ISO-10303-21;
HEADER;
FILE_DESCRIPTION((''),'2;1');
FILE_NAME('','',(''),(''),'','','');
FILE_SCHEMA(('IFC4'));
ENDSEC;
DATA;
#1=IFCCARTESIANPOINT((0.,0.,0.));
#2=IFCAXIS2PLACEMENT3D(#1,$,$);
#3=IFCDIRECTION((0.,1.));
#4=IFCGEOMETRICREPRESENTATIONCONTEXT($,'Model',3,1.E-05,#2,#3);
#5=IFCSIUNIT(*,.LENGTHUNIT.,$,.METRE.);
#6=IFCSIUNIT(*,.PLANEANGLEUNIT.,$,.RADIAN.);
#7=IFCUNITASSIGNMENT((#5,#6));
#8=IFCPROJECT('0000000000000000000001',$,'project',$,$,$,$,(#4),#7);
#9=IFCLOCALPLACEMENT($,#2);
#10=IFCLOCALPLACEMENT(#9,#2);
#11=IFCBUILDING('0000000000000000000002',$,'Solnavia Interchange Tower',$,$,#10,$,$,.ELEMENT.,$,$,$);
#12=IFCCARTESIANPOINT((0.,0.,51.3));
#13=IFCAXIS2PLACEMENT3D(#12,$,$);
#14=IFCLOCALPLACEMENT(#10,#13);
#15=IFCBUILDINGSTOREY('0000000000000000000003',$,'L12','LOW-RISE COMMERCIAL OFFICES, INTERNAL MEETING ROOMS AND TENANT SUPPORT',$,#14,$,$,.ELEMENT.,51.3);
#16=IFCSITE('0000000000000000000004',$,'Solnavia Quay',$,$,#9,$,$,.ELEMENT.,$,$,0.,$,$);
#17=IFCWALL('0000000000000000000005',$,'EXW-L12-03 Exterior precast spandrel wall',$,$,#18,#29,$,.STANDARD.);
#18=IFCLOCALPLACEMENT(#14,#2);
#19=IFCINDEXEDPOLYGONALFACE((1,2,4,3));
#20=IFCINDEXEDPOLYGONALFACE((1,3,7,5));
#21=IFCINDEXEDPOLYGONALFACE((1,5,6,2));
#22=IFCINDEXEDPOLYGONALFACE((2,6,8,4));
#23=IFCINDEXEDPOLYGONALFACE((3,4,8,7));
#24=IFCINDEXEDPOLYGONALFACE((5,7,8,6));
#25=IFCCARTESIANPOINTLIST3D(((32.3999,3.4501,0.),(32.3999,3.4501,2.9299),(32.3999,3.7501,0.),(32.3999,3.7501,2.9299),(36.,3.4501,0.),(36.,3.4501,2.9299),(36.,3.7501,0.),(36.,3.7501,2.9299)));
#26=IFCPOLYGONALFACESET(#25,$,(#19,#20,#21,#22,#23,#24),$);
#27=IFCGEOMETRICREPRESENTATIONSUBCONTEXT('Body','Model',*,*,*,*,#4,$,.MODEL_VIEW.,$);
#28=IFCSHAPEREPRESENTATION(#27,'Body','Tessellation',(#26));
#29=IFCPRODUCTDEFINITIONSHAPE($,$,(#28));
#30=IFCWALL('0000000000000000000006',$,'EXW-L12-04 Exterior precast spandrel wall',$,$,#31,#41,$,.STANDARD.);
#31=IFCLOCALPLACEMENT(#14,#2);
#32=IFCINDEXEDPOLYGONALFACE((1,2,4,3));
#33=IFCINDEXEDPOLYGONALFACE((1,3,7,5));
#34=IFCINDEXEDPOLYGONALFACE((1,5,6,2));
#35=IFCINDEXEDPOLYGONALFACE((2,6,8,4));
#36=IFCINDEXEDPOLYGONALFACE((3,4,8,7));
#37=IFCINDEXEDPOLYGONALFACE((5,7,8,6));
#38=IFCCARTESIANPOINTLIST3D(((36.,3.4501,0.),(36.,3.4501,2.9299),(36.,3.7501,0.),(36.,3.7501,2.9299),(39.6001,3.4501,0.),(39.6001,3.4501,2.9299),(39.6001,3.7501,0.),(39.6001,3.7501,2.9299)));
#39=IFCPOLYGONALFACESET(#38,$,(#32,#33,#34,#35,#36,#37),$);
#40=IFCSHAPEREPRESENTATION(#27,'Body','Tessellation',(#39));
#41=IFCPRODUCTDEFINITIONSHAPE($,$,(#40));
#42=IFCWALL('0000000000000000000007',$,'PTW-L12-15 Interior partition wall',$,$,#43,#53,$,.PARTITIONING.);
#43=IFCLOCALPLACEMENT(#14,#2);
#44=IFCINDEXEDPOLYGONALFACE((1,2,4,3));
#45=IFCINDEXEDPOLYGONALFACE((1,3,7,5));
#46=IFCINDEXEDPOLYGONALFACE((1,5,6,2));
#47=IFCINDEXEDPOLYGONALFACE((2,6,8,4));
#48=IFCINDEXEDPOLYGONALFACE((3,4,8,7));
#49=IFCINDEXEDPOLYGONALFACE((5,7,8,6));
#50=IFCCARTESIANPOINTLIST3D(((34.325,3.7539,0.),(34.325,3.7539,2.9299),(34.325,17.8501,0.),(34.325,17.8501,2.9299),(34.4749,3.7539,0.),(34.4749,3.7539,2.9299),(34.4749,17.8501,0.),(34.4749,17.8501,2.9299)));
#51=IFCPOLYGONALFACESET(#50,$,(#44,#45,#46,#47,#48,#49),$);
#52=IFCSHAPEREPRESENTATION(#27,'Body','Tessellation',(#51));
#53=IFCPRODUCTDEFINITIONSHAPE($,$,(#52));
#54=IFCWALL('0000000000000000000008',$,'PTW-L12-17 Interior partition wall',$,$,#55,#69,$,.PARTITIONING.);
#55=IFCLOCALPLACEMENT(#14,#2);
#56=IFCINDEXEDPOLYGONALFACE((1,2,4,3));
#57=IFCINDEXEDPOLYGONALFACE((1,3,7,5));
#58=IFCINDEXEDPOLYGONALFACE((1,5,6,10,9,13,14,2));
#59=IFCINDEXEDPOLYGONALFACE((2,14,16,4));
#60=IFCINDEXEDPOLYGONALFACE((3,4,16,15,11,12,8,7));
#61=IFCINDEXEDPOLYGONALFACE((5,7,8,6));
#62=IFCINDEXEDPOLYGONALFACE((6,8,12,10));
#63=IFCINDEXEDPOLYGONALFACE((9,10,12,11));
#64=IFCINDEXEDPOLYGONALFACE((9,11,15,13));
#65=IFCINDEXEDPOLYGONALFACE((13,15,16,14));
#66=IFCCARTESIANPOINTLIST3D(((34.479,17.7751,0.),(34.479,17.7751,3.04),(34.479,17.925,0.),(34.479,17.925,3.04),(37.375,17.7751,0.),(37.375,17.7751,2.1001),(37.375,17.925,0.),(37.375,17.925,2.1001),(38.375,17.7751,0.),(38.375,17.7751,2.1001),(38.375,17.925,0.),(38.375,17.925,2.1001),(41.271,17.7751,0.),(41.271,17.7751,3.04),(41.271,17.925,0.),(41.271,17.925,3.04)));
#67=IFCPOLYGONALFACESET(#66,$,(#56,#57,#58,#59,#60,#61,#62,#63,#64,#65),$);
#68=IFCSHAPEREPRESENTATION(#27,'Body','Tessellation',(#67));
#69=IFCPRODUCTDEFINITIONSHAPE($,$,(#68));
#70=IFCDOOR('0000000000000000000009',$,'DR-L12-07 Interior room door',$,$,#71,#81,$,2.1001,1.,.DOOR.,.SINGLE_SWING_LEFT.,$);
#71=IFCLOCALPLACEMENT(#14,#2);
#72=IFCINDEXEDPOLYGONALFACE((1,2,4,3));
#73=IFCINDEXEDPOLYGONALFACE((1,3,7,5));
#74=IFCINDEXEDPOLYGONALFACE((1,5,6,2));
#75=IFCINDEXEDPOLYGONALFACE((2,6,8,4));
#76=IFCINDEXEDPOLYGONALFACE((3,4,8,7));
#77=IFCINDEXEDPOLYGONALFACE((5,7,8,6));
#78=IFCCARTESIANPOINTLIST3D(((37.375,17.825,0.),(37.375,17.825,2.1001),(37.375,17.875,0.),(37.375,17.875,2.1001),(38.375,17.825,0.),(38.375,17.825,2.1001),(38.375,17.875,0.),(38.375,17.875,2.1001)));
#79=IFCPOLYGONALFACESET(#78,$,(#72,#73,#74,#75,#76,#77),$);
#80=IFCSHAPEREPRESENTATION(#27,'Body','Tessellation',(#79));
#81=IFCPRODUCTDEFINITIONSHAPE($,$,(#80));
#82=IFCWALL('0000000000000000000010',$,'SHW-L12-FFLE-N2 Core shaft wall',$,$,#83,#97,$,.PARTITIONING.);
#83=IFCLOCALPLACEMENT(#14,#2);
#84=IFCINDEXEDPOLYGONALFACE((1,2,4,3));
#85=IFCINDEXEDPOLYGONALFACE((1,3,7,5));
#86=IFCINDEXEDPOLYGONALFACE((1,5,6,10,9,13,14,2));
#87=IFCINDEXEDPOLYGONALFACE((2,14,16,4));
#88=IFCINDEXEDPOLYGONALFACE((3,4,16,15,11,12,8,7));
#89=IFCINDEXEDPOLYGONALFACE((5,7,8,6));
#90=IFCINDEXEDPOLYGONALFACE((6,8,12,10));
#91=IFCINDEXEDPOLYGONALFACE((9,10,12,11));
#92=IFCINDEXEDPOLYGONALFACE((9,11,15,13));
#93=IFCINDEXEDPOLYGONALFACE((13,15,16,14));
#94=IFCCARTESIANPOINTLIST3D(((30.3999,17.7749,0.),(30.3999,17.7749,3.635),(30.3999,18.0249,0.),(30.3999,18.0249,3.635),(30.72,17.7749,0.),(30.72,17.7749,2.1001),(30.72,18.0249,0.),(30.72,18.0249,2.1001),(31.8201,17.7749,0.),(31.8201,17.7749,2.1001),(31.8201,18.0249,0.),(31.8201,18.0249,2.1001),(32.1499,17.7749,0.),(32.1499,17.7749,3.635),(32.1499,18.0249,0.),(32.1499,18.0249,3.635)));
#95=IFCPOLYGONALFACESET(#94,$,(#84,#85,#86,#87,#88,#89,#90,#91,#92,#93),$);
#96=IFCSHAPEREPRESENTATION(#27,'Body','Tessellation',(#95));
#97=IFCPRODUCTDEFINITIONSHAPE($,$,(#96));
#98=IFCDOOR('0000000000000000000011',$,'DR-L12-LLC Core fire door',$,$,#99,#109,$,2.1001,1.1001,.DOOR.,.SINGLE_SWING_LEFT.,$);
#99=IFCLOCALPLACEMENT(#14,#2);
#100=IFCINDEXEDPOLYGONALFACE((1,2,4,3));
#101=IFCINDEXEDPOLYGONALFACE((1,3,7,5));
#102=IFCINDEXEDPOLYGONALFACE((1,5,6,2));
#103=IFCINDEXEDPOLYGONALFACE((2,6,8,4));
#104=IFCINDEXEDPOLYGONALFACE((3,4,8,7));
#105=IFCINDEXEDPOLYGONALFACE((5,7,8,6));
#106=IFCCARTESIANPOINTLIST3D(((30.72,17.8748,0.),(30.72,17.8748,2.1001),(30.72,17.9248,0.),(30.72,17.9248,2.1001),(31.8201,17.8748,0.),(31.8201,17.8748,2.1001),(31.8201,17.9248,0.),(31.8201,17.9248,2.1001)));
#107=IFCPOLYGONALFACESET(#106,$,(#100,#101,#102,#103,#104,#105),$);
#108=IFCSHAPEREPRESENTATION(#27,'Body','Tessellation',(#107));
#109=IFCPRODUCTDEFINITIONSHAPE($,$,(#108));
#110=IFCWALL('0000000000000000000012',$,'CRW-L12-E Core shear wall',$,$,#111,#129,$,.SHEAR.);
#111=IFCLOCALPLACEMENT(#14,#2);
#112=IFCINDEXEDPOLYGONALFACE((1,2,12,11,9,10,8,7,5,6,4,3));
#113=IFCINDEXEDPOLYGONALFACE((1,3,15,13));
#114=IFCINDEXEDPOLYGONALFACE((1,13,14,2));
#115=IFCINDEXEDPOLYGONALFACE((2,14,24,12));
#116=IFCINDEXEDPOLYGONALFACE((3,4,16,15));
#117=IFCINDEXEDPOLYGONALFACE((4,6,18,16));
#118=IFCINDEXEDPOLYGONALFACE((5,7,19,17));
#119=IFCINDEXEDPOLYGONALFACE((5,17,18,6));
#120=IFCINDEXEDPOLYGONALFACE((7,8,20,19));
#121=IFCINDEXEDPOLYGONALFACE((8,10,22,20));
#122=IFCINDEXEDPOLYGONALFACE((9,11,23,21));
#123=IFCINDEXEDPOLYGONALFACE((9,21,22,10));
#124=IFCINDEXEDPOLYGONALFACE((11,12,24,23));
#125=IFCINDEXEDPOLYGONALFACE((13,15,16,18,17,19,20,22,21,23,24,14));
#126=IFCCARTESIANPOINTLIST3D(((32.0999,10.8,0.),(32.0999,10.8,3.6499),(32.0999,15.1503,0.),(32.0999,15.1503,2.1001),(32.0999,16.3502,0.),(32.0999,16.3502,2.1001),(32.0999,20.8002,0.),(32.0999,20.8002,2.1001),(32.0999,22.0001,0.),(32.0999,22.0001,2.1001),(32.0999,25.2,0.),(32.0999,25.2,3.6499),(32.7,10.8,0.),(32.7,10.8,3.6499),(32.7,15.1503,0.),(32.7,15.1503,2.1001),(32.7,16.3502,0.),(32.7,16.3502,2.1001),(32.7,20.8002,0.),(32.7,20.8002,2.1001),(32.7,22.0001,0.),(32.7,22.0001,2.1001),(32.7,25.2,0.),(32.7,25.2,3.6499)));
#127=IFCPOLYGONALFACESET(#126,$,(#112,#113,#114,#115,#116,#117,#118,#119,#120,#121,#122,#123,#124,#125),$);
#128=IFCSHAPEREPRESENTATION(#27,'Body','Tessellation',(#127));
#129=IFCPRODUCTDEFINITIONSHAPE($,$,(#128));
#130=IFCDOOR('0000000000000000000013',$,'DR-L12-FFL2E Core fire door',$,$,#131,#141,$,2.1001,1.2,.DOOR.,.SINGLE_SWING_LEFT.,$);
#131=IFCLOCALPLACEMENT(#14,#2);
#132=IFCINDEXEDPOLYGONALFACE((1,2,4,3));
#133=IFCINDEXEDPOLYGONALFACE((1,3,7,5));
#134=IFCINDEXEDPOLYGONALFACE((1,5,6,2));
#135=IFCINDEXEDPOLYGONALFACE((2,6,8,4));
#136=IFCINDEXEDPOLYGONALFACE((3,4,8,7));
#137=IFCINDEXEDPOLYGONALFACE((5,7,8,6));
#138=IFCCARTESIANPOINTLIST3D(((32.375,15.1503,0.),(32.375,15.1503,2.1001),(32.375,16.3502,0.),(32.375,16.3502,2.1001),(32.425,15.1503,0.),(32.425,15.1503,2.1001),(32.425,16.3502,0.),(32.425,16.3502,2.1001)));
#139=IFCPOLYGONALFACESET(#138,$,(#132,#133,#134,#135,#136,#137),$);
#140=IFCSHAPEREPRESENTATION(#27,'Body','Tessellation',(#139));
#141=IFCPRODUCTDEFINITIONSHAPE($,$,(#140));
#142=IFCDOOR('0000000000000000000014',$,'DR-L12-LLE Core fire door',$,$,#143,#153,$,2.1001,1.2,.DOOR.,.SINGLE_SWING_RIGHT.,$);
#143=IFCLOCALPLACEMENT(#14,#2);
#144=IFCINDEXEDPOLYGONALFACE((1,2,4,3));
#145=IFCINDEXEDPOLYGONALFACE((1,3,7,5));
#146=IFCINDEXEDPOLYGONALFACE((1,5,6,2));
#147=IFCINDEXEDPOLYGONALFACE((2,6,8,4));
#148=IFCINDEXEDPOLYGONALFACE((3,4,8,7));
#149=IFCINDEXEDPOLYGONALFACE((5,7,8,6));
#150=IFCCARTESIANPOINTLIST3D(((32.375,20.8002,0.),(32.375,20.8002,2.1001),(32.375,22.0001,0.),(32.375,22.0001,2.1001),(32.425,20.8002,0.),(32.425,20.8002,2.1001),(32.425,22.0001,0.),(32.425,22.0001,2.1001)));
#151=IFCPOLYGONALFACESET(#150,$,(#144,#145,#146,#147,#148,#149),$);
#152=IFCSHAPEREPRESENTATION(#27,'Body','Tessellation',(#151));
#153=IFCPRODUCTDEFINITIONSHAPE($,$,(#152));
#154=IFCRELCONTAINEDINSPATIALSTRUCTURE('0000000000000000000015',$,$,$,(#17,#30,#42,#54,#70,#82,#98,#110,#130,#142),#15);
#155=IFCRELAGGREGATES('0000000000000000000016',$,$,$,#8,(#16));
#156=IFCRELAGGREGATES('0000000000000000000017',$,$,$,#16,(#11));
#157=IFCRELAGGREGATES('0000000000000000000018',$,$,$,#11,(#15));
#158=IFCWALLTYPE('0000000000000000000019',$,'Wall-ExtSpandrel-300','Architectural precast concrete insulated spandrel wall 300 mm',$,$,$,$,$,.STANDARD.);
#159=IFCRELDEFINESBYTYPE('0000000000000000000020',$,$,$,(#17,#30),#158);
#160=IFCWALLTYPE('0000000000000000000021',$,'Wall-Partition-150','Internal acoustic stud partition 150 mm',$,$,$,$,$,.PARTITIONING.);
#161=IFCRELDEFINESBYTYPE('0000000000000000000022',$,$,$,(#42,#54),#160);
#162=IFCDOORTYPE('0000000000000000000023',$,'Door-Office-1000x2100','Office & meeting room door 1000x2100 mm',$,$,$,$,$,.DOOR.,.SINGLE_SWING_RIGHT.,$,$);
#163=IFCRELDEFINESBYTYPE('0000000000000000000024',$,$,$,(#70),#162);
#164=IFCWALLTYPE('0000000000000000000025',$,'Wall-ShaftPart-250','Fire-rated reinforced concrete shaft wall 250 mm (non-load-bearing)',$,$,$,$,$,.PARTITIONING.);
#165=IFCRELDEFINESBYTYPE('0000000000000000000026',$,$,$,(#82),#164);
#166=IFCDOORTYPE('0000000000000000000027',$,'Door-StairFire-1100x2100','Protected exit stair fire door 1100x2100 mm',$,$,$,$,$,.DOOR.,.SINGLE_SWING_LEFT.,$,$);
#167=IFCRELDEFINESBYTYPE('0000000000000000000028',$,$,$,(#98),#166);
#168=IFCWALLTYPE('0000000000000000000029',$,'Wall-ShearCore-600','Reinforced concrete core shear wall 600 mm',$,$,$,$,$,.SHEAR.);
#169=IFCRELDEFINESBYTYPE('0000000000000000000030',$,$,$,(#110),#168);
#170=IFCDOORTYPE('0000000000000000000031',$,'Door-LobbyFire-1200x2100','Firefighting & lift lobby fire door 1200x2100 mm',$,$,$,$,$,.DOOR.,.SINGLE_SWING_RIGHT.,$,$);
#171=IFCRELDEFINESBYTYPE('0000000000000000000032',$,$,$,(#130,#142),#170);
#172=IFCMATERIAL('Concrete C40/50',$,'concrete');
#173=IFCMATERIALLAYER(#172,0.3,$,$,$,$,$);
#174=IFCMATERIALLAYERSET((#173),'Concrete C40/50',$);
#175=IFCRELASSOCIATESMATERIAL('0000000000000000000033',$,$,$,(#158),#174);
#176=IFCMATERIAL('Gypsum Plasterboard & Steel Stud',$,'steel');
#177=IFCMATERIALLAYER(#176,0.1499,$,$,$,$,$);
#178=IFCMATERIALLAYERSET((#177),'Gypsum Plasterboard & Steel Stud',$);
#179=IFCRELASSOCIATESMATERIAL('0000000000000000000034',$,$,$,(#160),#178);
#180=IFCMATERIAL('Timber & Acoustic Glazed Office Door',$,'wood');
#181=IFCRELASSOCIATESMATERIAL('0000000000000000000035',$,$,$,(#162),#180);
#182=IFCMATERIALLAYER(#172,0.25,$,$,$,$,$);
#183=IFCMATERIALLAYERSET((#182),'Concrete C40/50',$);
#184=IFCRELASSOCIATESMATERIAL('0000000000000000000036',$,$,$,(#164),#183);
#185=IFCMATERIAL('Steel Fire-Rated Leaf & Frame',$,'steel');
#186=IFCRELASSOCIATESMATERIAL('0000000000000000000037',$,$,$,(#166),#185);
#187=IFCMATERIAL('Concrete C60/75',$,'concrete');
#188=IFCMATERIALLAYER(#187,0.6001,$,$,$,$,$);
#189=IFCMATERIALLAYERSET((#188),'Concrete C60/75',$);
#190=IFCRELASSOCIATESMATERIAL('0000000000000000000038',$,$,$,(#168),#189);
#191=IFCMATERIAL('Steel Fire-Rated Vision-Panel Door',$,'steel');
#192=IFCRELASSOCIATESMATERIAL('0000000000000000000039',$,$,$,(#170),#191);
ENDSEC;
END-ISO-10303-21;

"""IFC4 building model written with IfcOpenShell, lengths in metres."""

from ifc_helpers import new_model, si_unit, direction, frame, frame_2d, origin, place, context, subcontext, project, spatial, rectangle, extrude, material, layer, layer_set, type_object, element, fill, save


model = new_model("IFC4")

# Units and contexts
model_context = context("Model", 3, precision=1e-05, world=origin(), true_north=direction((0.0, 1.0)))
body_context = subcontext(model_context, "Body", "Model", "MODEL_VIEW")
ifc_project = project(units=[si_unit("LENGTHUNIT", "METRE"), si_unit("PLANEANGLEUNIT", "RADIAN")], contexts=[model_context])

# Site, building, storey
site_placement = place(None, origin())
site = spatial("IfcSite", under=ifc_project, at=site_placement, Name="Solnavia Quay", CompositionType="ELEMENT", RefElevation=0.0)
building_placement = place(site_placement, origin())
building = spatial("IfcBuilding", under=site, at=building_placement, Name="Solnavia Interchange Tower", CompositionType="ELEMENT")
storey_placement = place(building_placement, frame((0.0, 0.0, 51.3)))
storey = spatial("IfcBuildingStorey", under=building, at=storey_placement, Name="L12", Description="LOW-RISE COMMERCIAL OFFICES, INTERNAL MEETING ROOMS AND TENANT SUPPORT", CompositionType="ELEMENT", Elevation=51.3)

# Shared definitions
ifc_material_1 = material(Name="Concrete C60/75", Category="concrete")

# Walls
ifc_material_2 = material(Name="Concrete C40/50", Category="concrete")
ifc_layer_1 = layer(ifc_material_2, 0.3)
ifc_layer_set_1 = layer_set([ifc_layer_1], Name="Concrete C40/50")
wall_type_1 = type_object("IfcWallType", Name="Wall-ExtSpandrel-300", Description="Architectural precast concrete insulated spandrel wall 300 mm", PredefinedType="STANDARD", material=ifc_layer_set_1)
for number, where, z_axis, x_axis, name in (
    (1, (36.0, 3.6001, 0.0), (0.0, 0.0, 1.0), (-1.0, 0.0, 0.0), "EXW-L12-03 Exterior precast spandrel wall"),
    (2, (39.6001, 3.6001, 0.0), (0.0, 0.0, 1.0), (-1.0, 0.0, 0.0), "EXW-L12-04 Exterior precast spandrel wall"),
):
    element("IfcWall", number, at=place(storey_placement, frame(where, z_axis=z_axis, x_axis=x_axis)), inside=storey, type_object=wall_type_1, Name=name, PredefinedType="STANDARD", context=body_context, shape_type="SweptSolid", body=[
        extrude(rectangle(XDim=3.6001, YDim=0.3, at=frame_2d((1.8, 0.0))), origin(), (0.0, 0.0, 1.0), 2.9299),
    ])
ifc_material_3 = material(Name="Gypsum Plasterboard & Steel Stud", Category="steel")
ifc_layer_2 = layer(ifc_material_3, 0.1499)
ifc_layer_set_2 = layer_set([ifc_layer_2], Name="Gypsum Plasterboard & Steel Stud")
wall_type_2 = type_object("IfcWallType", Name="Wall-Partition-150", Description="Internal acoustic stud partition 150 mm", PredefinedType="PARTITIONING", material=ifc_layer_set_2)
wall_1_placement = place(storey_placement, frame((34.3999, 3.7539, 0.0), z_axis=(0.0, 0.0, 1.0), x_axis=(0.0, 1.0, 0.0)))
element("IfcWall", 3, at=wall_1_placement, inside=storey, type_object=wall_type_2, Name="PTW-L12-15 Interior partition wall", PredefinedType="PARTITIONING", context=body_context, shape_type="SweptSolid", body=[
    extrude(rectangle(XDim=14.0962, YDim=0.1499, at=frame_2d((7.0481, 0.0))), origin(), (0.0, 0.0, 1.0), 2.9299),
])

# Walls, openings, doors
wall_2_placement = place(storey_placement, frame((34.479, 17.8501, 0.0), z_axis=(0.0, 0.0, 1.0), x_axis=(1.0, 0.0, 0.0)))
wall_2 = element("IfcWall", 4, at=wall_2_placement, inside=storey, type_object=wall_type_2, Name="PTW-L12-17 Interior partition wall", PredefinedType="PARTITIONING", context=body_context, shape_type="SweptSolid", body=[
    extrude(rectangle(XDim=6.792, YDim=0.1499, at=frame_2d((3.396, 0.0))), origin(), (0.0, 0.0, 1.0), 3.04),
])
opening_1_placement = place(wall_2_placement, frame((2.896, 0.0, 0.0)))
opening_1 = element("IfcOpeningElement", 5, at=opening_1_placement, cuts=wall_2, PredefinedType="OPENING", context=body_context, shape_type="SweptSolid", body=[
    extrude(rectangle(XDim=1.0, YDim=2.1001, at=frame_2d((0.5, 1.05))), frame((0.0, 0.085, 0.0), z_axis=(0.0, -1.0, 0.0), x_axis=(1.0, 0.0, 0.0)), (0.0, 0.0, 1.0), 0.1699),
])
ifc_material_4 = material(Name="Timber & Acoustic Glazed Office Door", Category="wood")
door_type_1 = type_object("IfcDoorType", Name="Door-Office-1000x2100", Description="Office & meeting room door 1000x2100 mm", OperationType="SINGLE_SWING_RIGHT", PredefinedType="DOOR", material=ifc_material_4)
door_1_placement = place(opening_1_placement, origin())
door_1 = element("IfcDoor", 6, at=door_1_placement, inside=storey, type_object=door_type_1, Name="DR-L12-07 Interior room door", OperationType="SINGLE_SWING_LEFT", OverallHeight=2.1001, OverallWidth=1.0, PredefinedType="DOOR", context=body_context, shape_type="SweptSolid", body=[
    extrude(rectangle(XDim=1.0, YDim=2.1001, at=frame_2d((0.5, 1.05))), frame((0.0, 0.0249, 0.0), z_axis=(0.0, -1.0, 0.0), x_axis=(1.0, 0.0, 0.0)), (0.0, 0.0, 1.0), 0.05),
])
fill(opening_1, door_1)
ifc_layer_3 = layer(ifc_material_2, 0.25)
ifc_layer_set_3 = layer_set([ifc_layer_3], Name="Concrete C40/50")
wall_type_3 = type_object("IfcWallType", Name="Wall-ShaftPart-250", Description="Fire-rated reinforced concrete shaft wall 250 mm (non-load-bearing)", PredefinedType="PARTITIONING", material=ifc_layer_set_3)
wall_3_placement = place(storey_placement, frame((30.3999, 17.8999, 0.0), z_axis=(0.0, 0.0, 1.0), x_axis=(1.0, 0.0, 0.0)))
wall_3 = element("IfcWall", 7, at=wall_3_placement, inside=storey, type_object=wall_type_3, Name="SHW-L12-FFLE-N2 Core shaft wall", PredefinedType="PARTITIONING", context=body_context, shape_type="SweptSolid", body=[
    extrude(rectangle(XDim=1.75, YDim=0.25, at=frame_2d((0.875, 0.0))), origin(), (0.0, 0.0, 1.0), 3.635),
])
opening_2_placement = place(wall_3_placement, frame((0.3201, 0.0, 0.0)))
opening_2 = element("IfcOpeningElement", 8, at=opening_2_placement, cuts=wall_3, PredefinedType="OPENING", context=body_context, shape_type="SweptSolid", body=[
    extrude(rectangle(XDim=1.1001, YDim=2.1001, at=frame_2d((0.55, 1.05))), frame((0.0, 0.135, 0.0), z_axis=(0.0, -1.0, 0.0), x_axis=(1.0, 0.0, 0.0)), (0.0, 0.0, 1.0), 0.27),
])
ifc_material_5 = material(Name="Steel Fire-Rated Leaf & Frame", Category="steel")
door_type_2 = type_object("IfcDoorType", Name="Door-StairFire-1100x2100", Description="Protected exit stair fire door 1100x2100 mm", OperationType="SINGLE_SWING_LEFT", PredefinedType="DOOR", material=ifc_material_5)
door_2_placement = place(opening_2_placement, origin())
door_2 = element("IfcDoor", 9, at=door_2_placement, inside=storey, type_object=door_type_2, Name="DR-L12-LLC Core fire door", OperationType="SINGLE_SWING_LEFT", OverallHeight=2.1001, OverallWidth=1.1001, PredefinedType="DOOR", context=body_context, shape_type="SweptSolid", body=[
    extrude(rectangle(XDim=1.1001, YDim=2.1001, at=frame_2d((0.55, 1.05))), frame((0.0, 0.0249, 0.0), z_axis=(0.0, -1.0, 0.0), x_axis=(1.0, 0.0, 0.0)), (0.0, 0.0, 1.0), 0.05),
])
fill(opening_2, door_2)

# Wall, openings, doors
ifc_layer_4 = layer(ifc_material_1, 0.6001)
ifc_layer_set_4 = layer_set([ifc_layer_4], Name="Concrete C60/75")
wall_type_4 = type_object("IfcWallType", Name="Wall-ShearCore-600", Description="Reinforced concrete core shear wall 600 mm", PredefinedType="SHEAR", material=ifc_layer_set_4)
wall_4_placement = place(storey_placement, frame((32.3999, 10.8, 0.0), z_axis=(0.0, 0.0, 1.0), x_axis=(0.0, 1.0, 0.0)))
wall_4 = element("IfcWall", 10, at=wall_4_placement, inside=storey, type_object=wall_type_4, Name="CRW-L12-E Core shear wall", PredefinedType="SHEAR", context=body_context, shape_type="SweptSolid", body=[
    extrude(rectangle(XDim=14.3999, YDim=0.6001, at=frame_2d((7.2, 0.0))), origin(), (0.0, 0.0, 1.0), 3.6499),
])
opening_3_placement = place(wall_4_placement, frame((4.3501, 0.0, 0.0)))
opening_3 = element("IfcOpeningElement", 11, at=opening_3_placement, cuts=wall_4, PredefinedType="OPENING", context=body_context, shape_type="SweptSolid", body=[
    extrude(rectangle(XDim=1.2, YDim=2.1001, at=frame_2d((0.6001, 1.05))), frame((0.0, 0.3101, 0.0), z_axis=(0.0, -1.0, 0.0), x_axis=(1.0, 0.0, 0.0)), (0.0, 0.0, 1.0), 0.6201),
])
opening_4_placement = place(wall_4_placement, frame((10.0, 0.0, 0.0)))
opening_4 = element("IfcOpeningElement", 12, at=opening_4_placement, cuts=wall_4, PredefinedType="OPENING", context=body_context, shape_type="SweptSolid", body=[
    extrude(rectangle(XDim=1.2, YDim=2.1001, at=frame_2d((0.6001, 1.05))), frame((0.0, 0.3101, 0.0), z_axis=(0.0, -1.0, 0.0), x_axis=(1.0, 0.0, 0.0)), (0.0, 0.0, 1.0), 0.6201),
])
ifc_material_6 = material(Name="Steel Fire-Rated Vision-Panel Door", Category="steel")
door_type_3 = type_object("IfcDoorType", Name="Door-LobbyFire-1200x2100", Description="Firefighting & lift lobby fire door 1200x2100 mm", OperationType="SINGLE_SWING_RIGHT", PredefinedType="DOOR", material=ifc_material_6)
door_3_placement = place(opening_3_placement, origin())
door_3 = element("IfcDoor", 13, at=door_3_placement, inside=storey, type_object=door_type_3, Name="DR-L12-FFL2E Core fire door", OperationType="SINGLE_SWING_LEFT", OverallHeight=2.1001, OverallWidth=1.2, PredefinedType="DOOR", context=body_context, shape_type="SweptSolid", body=[
    extrude(rectangle(XDim=1.2, YDim=2.1001, at=frame_2d((0.6001, 1.05))), frame((0.0, 0.0249, 0.0), z_axis=(0.0, -1.0, 0.0), x_axis=(1.0, 0.0, 0.0)), (0.0, 0.0, 1.0), 0.05),
])
fill(opening_3, door_3)
door_4_placement = place(opening_4_placement, origin())
door_4 = element("IfcDoor", 14, at=door_4_placement, inside=storey, type_object=door_type_3, Name="DR-L12-LLE Core fire door", OperationType="SINGLE_SWING_RIGHT", OverallHeight=2.1001, OverallWidth=1.2, PredefinedType="DOOR", context=body_context, shape_type="SweptSolid", body=[
    extrude(rectangle(XDim=1.2, YDim=2.1001, at=frame_2d((0.6001, 1.05))), frame((0.0, 0.0249, 0.0), z_axis=(0.0, -1.0, 0.0), x_axis=(1.0, 0.0, 0.0)), (0.0, 0.0, 1.0), 0.05),
])
fill(opening_4, door_4)

save(model, "model.ifc")
